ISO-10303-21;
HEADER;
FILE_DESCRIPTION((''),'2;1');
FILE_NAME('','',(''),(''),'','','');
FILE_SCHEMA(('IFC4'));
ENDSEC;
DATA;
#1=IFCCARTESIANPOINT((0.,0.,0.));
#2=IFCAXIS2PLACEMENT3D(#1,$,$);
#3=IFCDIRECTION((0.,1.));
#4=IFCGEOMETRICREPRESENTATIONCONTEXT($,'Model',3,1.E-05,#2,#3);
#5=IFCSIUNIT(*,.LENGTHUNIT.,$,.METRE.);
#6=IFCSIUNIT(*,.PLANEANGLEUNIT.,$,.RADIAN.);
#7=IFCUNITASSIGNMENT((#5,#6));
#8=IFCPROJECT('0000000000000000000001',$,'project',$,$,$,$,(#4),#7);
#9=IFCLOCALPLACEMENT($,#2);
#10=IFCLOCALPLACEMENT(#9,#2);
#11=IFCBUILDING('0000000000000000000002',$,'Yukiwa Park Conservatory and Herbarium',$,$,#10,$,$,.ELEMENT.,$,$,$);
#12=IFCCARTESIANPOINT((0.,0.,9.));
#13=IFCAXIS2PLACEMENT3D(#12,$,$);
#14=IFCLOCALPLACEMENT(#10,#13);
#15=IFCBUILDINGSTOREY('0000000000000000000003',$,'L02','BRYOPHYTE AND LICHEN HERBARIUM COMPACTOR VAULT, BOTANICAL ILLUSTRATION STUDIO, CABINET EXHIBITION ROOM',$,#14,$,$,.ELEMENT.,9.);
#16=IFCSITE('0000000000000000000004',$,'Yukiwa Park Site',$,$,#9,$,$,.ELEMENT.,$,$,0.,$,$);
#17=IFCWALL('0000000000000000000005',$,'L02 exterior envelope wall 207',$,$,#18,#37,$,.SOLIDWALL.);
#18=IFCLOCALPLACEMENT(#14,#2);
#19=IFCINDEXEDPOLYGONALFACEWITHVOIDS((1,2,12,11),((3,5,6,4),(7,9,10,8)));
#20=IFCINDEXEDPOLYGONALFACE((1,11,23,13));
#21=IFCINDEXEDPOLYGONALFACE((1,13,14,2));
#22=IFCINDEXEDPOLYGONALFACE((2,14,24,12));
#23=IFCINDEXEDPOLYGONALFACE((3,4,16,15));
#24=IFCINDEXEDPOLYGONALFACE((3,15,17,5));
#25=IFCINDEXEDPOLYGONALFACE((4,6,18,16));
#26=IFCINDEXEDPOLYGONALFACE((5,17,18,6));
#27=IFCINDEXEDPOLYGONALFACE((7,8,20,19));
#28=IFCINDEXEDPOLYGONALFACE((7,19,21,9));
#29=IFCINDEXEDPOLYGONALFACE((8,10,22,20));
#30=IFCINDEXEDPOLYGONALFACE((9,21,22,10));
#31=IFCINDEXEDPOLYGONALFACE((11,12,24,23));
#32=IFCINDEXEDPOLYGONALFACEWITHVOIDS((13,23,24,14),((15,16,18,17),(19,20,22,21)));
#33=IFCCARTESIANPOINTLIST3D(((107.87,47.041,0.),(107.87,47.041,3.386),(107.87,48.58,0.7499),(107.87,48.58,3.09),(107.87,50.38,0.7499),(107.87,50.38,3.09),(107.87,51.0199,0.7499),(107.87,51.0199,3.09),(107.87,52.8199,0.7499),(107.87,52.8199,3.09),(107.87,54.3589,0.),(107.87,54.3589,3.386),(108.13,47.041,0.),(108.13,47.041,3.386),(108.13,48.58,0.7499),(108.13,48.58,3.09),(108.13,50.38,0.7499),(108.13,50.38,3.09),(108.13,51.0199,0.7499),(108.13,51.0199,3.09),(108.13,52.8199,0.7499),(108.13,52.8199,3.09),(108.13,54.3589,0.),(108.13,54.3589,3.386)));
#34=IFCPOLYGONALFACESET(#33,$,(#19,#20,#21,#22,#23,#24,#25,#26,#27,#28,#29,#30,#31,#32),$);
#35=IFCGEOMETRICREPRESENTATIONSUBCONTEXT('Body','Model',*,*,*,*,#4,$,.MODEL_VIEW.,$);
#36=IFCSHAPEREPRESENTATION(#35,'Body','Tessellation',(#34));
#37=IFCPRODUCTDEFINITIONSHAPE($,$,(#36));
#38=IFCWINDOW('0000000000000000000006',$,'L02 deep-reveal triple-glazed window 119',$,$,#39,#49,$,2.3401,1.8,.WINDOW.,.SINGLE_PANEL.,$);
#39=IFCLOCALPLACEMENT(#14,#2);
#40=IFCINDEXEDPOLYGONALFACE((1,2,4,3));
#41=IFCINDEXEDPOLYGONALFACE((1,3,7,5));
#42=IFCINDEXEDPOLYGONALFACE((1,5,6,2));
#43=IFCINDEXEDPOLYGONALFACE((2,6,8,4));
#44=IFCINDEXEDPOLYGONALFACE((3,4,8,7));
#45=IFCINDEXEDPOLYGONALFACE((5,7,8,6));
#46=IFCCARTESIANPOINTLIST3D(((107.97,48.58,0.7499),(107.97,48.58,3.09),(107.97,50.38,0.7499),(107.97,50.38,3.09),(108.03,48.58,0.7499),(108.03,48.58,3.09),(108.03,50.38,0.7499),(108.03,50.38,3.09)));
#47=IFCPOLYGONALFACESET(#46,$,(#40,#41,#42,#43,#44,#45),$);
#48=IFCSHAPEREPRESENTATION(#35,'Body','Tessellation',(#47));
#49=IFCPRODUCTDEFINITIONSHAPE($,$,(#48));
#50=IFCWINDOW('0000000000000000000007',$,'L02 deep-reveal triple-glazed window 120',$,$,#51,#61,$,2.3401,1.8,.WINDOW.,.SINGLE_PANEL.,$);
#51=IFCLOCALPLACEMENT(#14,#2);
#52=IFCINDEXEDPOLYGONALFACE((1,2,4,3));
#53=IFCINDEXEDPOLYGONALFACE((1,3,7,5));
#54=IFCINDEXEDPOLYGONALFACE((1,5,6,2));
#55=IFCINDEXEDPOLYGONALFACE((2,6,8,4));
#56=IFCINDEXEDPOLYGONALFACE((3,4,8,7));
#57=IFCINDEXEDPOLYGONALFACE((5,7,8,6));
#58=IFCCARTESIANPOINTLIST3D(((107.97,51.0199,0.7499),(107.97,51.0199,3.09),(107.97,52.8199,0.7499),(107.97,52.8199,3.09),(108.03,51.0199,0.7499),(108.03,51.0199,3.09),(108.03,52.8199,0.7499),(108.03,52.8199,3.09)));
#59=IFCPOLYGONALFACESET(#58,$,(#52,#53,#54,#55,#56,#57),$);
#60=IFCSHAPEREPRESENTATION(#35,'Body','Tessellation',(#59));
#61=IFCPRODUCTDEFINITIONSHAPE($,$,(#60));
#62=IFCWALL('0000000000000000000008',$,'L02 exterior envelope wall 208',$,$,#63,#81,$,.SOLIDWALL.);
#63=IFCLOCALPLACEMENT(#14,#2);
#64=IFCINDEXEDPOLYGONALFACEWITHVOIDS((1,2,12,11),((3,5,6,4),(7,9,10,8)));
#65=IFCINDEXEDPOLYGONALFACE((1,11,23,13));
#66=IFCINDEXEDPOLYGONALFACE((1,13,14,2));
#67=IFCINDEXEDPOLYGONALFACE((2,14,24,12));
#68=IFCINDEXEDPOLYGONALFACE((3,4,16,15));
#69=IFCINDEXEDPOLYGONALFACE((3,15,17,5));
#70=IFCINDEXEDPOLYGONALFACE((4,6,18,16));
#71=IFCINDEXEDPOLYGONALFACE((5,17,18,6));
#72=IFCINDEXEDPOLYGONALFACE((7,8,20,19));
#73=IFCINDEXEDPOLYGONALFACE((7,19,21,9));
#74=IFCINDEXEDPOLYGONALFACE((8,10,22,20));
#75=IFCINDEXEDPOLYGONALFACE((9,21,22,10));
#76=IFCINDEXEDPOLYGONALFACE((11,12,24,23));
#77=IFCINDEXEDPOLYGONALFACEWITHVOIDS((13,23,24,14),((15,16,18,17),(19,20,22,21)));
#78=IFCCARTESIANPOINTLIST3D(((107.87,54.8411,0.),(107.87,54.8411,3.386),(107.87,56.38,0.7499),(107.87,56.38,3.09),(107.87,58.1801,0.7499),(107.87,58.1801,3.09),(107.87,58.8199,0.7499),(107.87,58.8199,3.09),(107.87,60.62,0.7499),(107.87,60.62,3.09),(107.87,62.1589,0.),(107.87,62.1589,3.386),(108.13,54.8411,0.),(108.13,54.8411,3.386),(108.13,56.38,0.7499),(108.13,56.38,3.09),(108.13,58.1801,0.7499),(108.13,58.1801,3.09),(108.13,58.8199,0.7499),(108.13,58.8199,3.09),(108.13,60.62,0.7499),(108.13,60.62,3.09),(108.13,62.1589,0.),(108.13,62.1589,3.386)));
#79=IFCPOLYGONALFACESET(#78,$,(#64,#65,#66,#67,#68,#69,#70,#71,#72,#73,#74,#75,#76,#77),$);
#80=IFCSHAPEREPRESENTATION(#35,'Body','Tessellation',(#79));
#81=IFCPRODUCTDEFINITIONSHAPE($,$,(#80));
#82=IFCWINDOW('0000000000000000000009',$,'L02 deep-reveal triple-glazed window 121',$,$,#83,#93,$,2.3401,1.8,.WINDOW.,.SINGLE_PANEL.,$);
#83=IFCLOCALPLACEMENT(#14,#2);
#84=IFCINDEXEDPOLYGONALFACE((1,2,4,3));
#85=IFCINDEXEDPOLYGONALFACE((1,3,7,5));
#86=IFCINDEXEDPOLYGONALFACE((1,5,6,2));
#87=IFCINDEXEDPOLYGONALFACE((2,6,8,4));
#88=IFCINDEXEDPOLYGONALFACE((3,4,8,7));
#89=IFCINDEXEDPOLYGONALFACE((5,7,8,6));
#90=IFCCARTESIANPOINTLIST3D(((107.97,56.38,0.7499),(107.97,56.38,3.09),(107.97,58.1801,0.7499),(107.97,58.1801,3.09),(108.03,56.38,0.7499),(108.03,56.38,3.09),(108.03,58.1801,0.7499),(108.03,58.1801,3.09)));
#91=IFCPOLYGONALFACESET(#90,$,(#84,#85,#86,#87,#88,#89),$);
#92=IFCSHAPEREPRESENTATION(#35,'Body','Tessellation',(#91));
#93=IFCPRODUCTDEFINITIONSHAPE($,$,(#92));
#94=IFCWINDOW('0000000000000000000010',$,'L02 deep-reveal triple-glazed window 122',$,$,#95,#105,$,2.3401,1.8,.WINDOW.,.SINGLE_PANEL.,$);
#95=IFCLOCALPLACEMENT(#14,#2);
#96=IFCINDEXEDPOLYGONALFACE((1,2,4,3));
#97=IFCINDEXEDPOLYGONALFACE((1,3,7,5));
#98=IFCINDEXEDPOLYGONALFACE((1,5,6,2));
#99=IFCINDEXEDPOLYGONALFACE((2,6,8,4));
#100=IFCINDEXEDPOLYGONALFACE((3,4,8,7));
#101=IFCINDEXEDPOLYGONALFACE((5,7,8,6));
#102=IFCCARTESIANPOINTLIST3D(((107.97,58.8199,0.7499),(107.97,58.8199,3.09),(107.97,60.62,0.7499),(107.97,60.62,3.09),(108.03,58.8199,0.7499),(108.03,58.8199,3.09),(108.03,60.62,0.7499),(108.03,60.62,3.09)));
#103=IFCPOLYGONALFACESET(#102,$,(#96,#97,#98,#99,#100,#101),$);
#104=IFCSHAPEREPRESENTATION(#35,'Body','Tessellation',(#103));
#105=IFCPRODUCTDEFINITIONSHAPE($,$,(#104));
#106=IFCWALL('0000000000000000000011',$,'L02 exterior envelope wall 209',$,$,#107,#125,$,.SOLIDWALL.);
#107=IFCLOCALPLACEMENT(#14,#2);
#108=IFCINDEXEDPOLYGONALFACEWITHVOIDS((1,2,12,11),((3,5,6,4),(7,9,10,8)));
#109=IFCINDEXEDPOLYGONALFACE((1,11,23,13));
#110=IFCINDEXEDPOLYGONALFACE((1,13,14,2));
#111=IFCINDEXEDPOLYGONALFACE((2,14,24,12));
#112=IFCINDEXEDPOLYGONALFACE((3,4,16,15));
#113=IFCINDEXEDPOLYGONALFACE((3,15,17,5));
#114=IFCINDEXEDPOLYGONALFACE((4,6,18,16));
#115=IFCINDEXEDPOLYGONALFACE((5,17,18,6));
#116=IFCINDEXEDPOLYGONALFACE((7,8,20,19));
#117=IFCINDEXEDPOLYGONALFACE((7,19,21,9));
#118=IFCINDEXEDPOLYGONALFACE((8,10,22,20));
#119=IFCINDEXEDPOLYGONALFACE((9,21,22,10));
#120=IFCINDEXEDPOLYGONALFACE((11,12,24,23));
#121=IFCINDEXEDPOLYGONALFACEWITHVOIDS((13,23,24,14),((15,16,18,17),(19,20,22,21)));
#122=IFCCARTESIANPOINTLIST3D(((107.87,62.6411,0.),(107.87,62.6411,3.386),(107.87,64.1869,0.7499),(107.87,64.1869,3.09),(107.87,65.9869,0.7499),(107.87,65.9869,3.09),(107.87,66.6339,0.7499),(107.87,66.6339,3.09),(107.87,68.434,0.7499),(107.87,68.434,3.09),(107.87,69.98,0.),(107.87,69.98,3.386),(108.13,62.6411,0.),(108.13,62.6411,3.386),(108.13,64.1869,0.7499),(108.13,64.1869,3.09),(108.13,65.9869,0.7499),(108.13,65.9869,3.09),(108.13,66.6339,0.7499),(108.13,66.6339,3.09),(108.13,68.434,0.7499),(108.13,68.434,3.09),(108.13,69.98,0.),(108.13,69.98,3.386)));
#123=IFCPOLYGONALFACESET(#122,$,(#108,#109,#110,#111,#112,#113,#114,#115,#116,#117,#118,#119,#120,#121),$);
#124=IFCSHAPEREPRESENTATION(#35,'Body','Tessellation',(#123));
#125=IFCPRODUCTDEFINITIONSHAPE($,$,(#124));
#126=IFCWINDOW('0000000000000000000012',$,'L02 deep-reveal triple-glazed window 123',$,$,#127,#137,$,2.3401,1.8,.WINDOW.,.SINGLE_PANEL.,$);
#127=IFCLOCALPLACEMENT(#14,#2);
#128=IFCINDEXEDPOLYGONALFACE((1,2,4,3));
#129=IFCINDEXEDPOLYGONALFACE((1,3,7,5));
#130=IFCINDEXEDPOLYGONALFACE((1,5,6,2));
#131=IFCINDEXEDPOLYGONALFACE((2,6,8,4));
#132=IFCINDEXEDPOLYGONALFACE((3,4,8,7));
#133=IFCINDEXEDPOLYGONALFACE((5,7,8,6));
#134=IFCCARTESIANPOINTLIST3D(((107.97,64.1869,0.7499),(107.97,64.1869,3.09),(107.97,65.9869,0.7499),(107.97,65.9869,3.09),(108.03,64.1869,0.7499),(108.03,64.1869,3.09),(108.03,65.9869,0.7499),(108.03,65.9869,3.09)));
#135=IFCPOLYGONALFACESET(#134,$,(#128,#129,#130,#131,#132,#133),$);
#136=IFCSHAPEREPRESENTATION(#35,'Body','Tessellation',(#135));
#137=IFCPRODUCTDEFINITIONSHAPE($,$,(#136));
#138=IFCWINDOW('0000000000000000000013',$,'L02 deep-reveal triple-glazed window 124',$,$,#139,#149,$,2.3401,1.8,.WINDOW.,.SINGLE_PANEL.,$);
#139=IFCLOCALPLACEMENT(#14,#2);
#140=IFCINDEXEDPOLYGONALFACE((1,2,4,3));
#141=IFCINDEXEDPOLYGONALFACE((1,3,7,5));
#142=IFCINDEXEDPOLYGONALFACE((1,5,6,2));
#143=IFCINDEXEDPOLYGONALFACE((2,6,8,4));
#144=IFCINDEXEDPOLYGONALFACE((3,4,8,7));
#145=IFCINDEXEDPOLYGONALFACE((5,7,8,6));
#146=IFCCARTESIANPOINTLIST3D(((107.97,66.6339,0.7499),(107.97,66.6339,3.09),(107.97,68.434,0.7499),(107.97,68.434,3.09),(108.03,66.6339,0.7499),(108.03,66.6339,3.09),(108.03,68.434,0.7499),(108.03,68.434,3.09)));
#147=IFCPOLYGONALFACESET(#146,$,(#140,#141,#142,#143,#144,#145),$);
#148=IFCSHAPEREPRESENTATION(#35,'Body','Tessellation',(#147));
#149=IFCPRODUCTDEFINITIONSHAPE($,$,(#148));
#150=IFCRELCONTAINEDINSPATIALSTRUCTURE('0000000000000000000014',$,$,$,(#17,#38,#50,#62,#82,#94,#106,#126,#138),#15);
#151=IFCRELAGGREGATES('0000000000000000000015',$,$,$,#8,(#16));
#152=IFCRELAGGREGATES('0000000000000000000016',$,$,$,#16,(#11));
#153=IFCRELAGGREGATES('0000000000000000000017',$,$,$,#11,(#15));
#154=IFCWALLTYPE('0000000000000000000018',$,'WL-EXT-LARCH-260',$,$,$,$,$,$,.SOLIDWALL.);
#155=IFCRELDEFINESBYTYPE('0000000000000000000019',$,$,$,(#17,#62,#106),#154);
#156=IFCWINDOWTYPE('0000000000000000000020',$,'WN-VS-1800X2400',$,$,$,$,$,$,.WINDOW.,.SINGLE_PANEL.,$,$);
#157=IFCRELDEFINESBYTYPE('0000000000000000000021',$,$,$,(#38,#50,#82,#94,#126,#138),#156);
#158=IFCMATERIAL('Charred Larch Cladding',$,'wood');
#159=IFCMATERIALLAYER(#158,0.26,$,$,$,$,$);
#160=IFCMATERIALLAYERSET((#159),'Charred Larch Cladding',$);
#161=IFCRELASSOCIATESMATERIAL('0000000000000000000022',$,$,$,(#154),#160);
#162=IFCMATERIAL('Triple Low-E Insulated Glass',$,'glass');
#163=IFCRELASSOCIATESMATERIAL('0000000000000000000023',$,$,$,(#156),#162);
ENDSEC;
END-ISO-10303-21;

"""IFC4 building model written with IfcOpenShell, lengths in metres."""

from ifc_helpers import new_model, si_unit, direction, frame, frame_2d, origin, place, context, subcontext, project, spatial, rectangle, extrude, material, layer, layer_set, type_object, element, fill, save


model = new_model("IFC4")

# Units and contexts
model_context = context("Model", 3, precision=1e-05, world=origin(), true_north=direction((0.0, 1.0)))
body_context = subcontext(model_context, "Body", "Model", "MODEL_VIEW")
ifc_project = project(units=[si_unit("LENGTHUNIT", "METRE"), si_unit("PLANEANGLEUNIT", "RADIAN")], contexts=[model_context])

# Site, building, storey
site_placement = place(None, origin())
site = spatial("IfcSite", under=ifc_project, at=site_placement, Name="Yukiwa Park Site", CompositionType="ELEMENT", RefElevation=0.0)
building_placement = place(site_placement, origin())
building = spatial("IfcBuilding", under=site, at=building_placement, Name="Yukiwa Park Conservatory and Herbarium", CompositionType="ELEMENT")
storey_placement = place(building_placement, frame((0.0, 0.0, 9.0)))
storey = spatial("IfcBuildingStorey", under=building, at=storey_placement, Name="L02", Description="BRYOPHYTE AND LICHEN HERBARIUM COMPACTOR VAULT, BOTANICAL ILLUSTRATION STUDIO, CABINET EXHIBITION ROOM", CompositionType="ELEMENT", Elevation=9.0)

# Walls, openings, windows
ifc_material_1 = material(Name="Charred Larch Cladding", Category="wood")
ifc_layer_1 = layer(ifc_material_1, 0.26)
ifc_layer_set_1 = layer_set([ifc_layer_1], Name="Charred Larch Cladding")
wall_type_1 = type_object("IfcWallType", Name="WL-EXT-LARCH-260", PredefinedType="SOLIDWALL", material=ifc_layer_set_1)
wall_1_placement = place(storey_placement, frame((108.0, 47.041, 0.0), z_axis=(0.0, 0.0, 1.0), x_axis=(0.0, 1.0, 0.0)))
wall_1 = element("IfcWall", 1, at=wall_1_placement, inside=storey, type_object=wall_type_1, Name="L02 exterior envelope wall 207", PredefinedType="SOLIDWALL", context=body_context, shape_type="SweptSolid", body=[
    extrude(rectangle(XDim=7.3179, YDim=0.26, at=frame_2d((3.6589, 0.0))), origin(), (0.0, 0.0, 1.0), 3.386),
])
opening_1_placement = place(wall_1_placement, frame((1.5391, 0.0, 0.75)))
opening_1 = element("IfcOpeningElement", 2, at=opening_1_placement, cuts=wall_1, PredefinedType="OPENING", context=body_context, shape_type="SweptSolid", body=[
    extrude(rectangle(XDim=1.8, YDim=2.3401, at=frame_2d((0.8999, 1.1699))), frame((0.0, 0.1401, 0.0), z_axis=(0.0, -1.0, 0.0), x_axis=(1.0, 0.0, 0.0)), (0.0, 0.0, 1.0), 0.28),
])
opening_2_placement = place(wall_1_placement, frame((3.979, 0.0, 0.75)))
opening_2 = element("IfcOpeningElement", 3, at=opening_2_placement, cuts=wall_1, PredefinedType="OPENING", context=body_context, shape_type="SweptSolid", body=[
    extrude(rectangle(XDim=1.8, YDim=2.3401, at=frame_2d((0.8999, 1.1699))), frame((0.0, 0.1401, 0.0), z_axis=(0.0, -1.0, 0.0), x_axis=(1.0, 0.0, 0.0)), (0.0, 0.0, 1.0), 0.28),
])
ifc_material_2 = material(Name="Triple Low-E Insulated Glass", Category="glass")
window_type = type_object("IfcWindowType", Name="WN-VS-1800X2400", PartitioningType="SINGLE_PANEL", PredefinedType="WINDOW", material=ifc_material_2)
window_1_placement = place(opening_1_placement, origin())
window_1 = element("IfcWindow", 4, at=window_1_placement, inside=storey, type_object=window_type, Name="L02 deep-reveal triple-glazed window 119", OverallHeight=2.3401, OverallWidth=1.8, PartitioningType="SINGLE_PANEL", PredefinedType="WINDOW", context=body_context, shape_type="SweptSolid", body=[
    extrude(rectangle(XDim=1.8, YDim=2.3401, at=frame_2d((0.8999, 1.1699))), frame((0.0, 0.03, 0.0), z_axis=(0.0, -1.0, 0.0), x_axis=(1.0, 0.0, 0.0)), (0.0, 0.0, 1.0), 0.0601),
])
fill(opening_1, window_1)
window_2_placement = place(opening_2_placement, origin())
window_2 = element("IfcWindow", 5, at=window_2_placement, inside=storey, type_object=window_type, Name="L02 deep-reveal triple-glazed window 120", OverallHeight=2.3401, OverallWidth=1.8, PartitioningType="SINGLE_PANEL", PredefinedType="WINDOW", context=body_context, shape_type="SweptSolid", body=[
    extrude(rectangle(XDim=1.8, YDim=2.3401, at=frame_2d((0.8999, 1.1699))), frame((0.0, 0.03, 0.0), z_axis=(0.0, -1.0, 0.0), x_axis=(1.0, 0.0, 0.0)), (0.0, 0.0, 1.0), 0.0601),
])
fill(opening_2, window_2)
wall_2_placement = place(storey_placement, frame((108.0, 54.8411, 0.0), z_axis=(0.0, 0.0, 1.0), x_axis=(0.0, 1.0, 0.0)))
wall_2 = element("IfcWall", 6, at=wall_2_placement, inside=storey, type_object=wall_type_1, Name="L02 exterior envelope wall 208", PredefinedType="SOLIDWALL", context=body_context, shape_type="SweptSolid", body=[
    extrude(rectangle(XDim=7.3179, YDim=0.26, at=frame_2d((3.6589, 0.0))), origin(), (0.0, 0.0, 1.0), 3.386),
])
opening_3_placement = place(wall_2_placement, frame((1.5391, 0.0, 0.75)))
opening_3 = element("IfcOpeningElement", 7, at=opening_3_placement, cuts=wall_2, PredefinedType="OPENING", context=body_context, shape_type="SweptSolid", body=[
    extrude(rectangle(XDim=1.8, YDim=2.3401, at=frame_2d((0.8999, 1.1699))), frame((0.0, 0.1401, 0.0), z_axis=(0.0, -1.0, 0.0), x_axis=(1.0, 0.0, 0.0)), (0.0, 0.0, 1.0), 0.28),
])
opening_4_placement = place(wall_2_placement, frame((3.979, 0.0, 0.75)))
opening_4 = element("IfcOpeningElement", 8, at=opening_4_placement, cuts=wall_2, PredefinedType="OPENING", context=body_context, shape_type="SweptSolid", body=[
    extrude(rectangle(XDim=1.8, YDim=2.3401, at=frame_2d((0.8999, 1.1699))), frame((0.0, 0.1401, 0.0), z_axis=(0.0, -1.0, 0.0), x_axis=(1.0, 0.0, 0.0)), (0.0, 0.0, 1.0), 0.28),
])
window_3_placement = place(opening_3_placement, origin())
window_3 = element("IfcWindow", 9, at=window_3_placement, inside=storey, type_object=window_type, Name="L02 deep-reveal triple-glazed window 121", OverallHeight=2.3401, OverallWidth=1.8, PartitioningType="SINGLE_PANEL", PredefinedType="WINDOW", context=body_context, shape_type="SweptSolid", body=[
    extrude(rectangle(XDim=1.8, YDim=2.3401, at=frame_2d((0.8999, 1.1699))), frame((0.0, 0.03, 0.0), z_axis=(0.0, -1.0, 0.0), x_axis=(1.0, 0.0, 0.0)), (0.0, 0.0, 1.0), 0.0601),
])
fill(opening_3, window_3)
window_4_placement = place(opening_4_placement, origin())
window_4 = element("IfcWindow", 10, at=window_4_placement, inside=storey, type_object=window_type, Name="L02 deep-reveal triple-glazed window 122", OverallHeight=2.3401, OverallWidth=1.8, PartitioningType="SINGLE_PANEL", PredefinedType="WINDOW", context=body_context, shape_type="SweptSolid", body=[
    extrude(rectangle(XDim=1.8, YDim=2.3401, at=frame_2d((0.8999, 1.1699))), frame((0.0, 0.03, 0.0), z_axis=(0.0, -1.0, 0.0), x_axis=(1.0, 0.0, 0.0)), (0.0, 0.0, 1.0), 0.0601),
])
fill(opening_4, window_4)
wall_3_placement = place(storey_placement, frame((108.0, 62.6411, 0.0), z_axis=(0.0, 0.0, 1.0), x_axis=(0.0, 1.0, 0.0)))
wall_3 = element("IfcWall", 11, at=wall_3_placement, inside=storey, type_object=wall_type_1, Name="L02 exterior envelope wall 209", PredefinedType="SOLIDWALL", context=body_context, shape_type="SweptSolid", body=[
    extrude(rectangle(XDim=7.3389, YDim=0.26, at=frame_2d((3.6694, 0.0))), origin(), (0.0, 0.0, 1.0), 3.386),
])
opening_5_placement = place(wall_3_placement, frame((1.5459, 0.0, 0.75)))
opening_5 = element("IfcOpeningElement", 12, at=opening_5_placement, cuts=wall_3, PredefinedType="OPENING", context=body_context, shape_type="SweptSolid", body=[
    extrude(rectangle(XDim=1.8, YDim=2.3401, at=frame_2d((0.8999, 1.1699))), frame((0.0, 0.1401, 0.0), z_axis=(0.0, -1.0, 0.0), x_axis=(1.0, 0.0, 0.0)), (0.0, 0.0, 1.0), 0.28),
])
opening_6_placement = place(wall_3_placement, frame((3.9929, 0.0, 0.75)))
opening_6 = element("IfcOpeningElement", 13, at=opening_6_placement, cuts=wall_3, PredefinedType="OPENING", context=body_context, shape_type="SweptSolid", body=[
    extrude(rectangle(XDim=1.8, YDim=2.3401, at=frame_2d((0.8999, 1.1699))), frame((0.0, 0.1401, 0.0), z_axis=(0.0, -1.0, 0.0), x_axis=(1.0, 0.0, 0.0)), (0.0, 0.0, 1.0), 0.28),
])
window_5_placement = place(opening_5_placement, origin())
window_5 = element("IfcWindow", 14, at=window_5_placement, inside=storey, type_object=window_type, Name="L02 deep-reveal triple-glazed window 123", OverallHeight=2.3401, OverallWidth=1.8, PartitioningType="SINGLE_PANEL", PredefinedType="WINDOW", context=body_context, shape_type="SweptSolid", body=[
    extrude(rectangle(XDim=1.8, YDim=2.3401, at=frame_2d((0.8999, 1.1699))), frame((0.0, 0.03, 0.0), z_axis=(0.0, -1.0, 0.0), x_axis=(1.0, 0.0, 0.0)), (0.0, 0.0, 1.0), 0.0601),
])
fill(opening_5, window_5)
window_6_placement = place(opening_6_placement, origin())
window_6 = element("IfcWindow", 15, at=window_6_placement, inside=storey, type_object=window_type, Name="L02 deep-reveal triple-glazed window 124", OverallHeight=2.3401, OverallWidth=1.8, PartitioningType="SINGLE_PANEL", PredefinedType="WINDOW", context=body_context, shape_type="SweptSolid", body=[
    extrude(rectangle(XDim=1.8, YDim=2.3401, at=frame_2d((0.8999, 1.1699))), frame((0.0, 0.03, 0.0), z_axis=(0.0, -1.0, 0.0), x_axis=(1.0, 0.0, 0.0)), (0.0, 0.0, 1.0), 0.0601),
])
fill(opening_6, window_6)

save(model, "model.ifc")
